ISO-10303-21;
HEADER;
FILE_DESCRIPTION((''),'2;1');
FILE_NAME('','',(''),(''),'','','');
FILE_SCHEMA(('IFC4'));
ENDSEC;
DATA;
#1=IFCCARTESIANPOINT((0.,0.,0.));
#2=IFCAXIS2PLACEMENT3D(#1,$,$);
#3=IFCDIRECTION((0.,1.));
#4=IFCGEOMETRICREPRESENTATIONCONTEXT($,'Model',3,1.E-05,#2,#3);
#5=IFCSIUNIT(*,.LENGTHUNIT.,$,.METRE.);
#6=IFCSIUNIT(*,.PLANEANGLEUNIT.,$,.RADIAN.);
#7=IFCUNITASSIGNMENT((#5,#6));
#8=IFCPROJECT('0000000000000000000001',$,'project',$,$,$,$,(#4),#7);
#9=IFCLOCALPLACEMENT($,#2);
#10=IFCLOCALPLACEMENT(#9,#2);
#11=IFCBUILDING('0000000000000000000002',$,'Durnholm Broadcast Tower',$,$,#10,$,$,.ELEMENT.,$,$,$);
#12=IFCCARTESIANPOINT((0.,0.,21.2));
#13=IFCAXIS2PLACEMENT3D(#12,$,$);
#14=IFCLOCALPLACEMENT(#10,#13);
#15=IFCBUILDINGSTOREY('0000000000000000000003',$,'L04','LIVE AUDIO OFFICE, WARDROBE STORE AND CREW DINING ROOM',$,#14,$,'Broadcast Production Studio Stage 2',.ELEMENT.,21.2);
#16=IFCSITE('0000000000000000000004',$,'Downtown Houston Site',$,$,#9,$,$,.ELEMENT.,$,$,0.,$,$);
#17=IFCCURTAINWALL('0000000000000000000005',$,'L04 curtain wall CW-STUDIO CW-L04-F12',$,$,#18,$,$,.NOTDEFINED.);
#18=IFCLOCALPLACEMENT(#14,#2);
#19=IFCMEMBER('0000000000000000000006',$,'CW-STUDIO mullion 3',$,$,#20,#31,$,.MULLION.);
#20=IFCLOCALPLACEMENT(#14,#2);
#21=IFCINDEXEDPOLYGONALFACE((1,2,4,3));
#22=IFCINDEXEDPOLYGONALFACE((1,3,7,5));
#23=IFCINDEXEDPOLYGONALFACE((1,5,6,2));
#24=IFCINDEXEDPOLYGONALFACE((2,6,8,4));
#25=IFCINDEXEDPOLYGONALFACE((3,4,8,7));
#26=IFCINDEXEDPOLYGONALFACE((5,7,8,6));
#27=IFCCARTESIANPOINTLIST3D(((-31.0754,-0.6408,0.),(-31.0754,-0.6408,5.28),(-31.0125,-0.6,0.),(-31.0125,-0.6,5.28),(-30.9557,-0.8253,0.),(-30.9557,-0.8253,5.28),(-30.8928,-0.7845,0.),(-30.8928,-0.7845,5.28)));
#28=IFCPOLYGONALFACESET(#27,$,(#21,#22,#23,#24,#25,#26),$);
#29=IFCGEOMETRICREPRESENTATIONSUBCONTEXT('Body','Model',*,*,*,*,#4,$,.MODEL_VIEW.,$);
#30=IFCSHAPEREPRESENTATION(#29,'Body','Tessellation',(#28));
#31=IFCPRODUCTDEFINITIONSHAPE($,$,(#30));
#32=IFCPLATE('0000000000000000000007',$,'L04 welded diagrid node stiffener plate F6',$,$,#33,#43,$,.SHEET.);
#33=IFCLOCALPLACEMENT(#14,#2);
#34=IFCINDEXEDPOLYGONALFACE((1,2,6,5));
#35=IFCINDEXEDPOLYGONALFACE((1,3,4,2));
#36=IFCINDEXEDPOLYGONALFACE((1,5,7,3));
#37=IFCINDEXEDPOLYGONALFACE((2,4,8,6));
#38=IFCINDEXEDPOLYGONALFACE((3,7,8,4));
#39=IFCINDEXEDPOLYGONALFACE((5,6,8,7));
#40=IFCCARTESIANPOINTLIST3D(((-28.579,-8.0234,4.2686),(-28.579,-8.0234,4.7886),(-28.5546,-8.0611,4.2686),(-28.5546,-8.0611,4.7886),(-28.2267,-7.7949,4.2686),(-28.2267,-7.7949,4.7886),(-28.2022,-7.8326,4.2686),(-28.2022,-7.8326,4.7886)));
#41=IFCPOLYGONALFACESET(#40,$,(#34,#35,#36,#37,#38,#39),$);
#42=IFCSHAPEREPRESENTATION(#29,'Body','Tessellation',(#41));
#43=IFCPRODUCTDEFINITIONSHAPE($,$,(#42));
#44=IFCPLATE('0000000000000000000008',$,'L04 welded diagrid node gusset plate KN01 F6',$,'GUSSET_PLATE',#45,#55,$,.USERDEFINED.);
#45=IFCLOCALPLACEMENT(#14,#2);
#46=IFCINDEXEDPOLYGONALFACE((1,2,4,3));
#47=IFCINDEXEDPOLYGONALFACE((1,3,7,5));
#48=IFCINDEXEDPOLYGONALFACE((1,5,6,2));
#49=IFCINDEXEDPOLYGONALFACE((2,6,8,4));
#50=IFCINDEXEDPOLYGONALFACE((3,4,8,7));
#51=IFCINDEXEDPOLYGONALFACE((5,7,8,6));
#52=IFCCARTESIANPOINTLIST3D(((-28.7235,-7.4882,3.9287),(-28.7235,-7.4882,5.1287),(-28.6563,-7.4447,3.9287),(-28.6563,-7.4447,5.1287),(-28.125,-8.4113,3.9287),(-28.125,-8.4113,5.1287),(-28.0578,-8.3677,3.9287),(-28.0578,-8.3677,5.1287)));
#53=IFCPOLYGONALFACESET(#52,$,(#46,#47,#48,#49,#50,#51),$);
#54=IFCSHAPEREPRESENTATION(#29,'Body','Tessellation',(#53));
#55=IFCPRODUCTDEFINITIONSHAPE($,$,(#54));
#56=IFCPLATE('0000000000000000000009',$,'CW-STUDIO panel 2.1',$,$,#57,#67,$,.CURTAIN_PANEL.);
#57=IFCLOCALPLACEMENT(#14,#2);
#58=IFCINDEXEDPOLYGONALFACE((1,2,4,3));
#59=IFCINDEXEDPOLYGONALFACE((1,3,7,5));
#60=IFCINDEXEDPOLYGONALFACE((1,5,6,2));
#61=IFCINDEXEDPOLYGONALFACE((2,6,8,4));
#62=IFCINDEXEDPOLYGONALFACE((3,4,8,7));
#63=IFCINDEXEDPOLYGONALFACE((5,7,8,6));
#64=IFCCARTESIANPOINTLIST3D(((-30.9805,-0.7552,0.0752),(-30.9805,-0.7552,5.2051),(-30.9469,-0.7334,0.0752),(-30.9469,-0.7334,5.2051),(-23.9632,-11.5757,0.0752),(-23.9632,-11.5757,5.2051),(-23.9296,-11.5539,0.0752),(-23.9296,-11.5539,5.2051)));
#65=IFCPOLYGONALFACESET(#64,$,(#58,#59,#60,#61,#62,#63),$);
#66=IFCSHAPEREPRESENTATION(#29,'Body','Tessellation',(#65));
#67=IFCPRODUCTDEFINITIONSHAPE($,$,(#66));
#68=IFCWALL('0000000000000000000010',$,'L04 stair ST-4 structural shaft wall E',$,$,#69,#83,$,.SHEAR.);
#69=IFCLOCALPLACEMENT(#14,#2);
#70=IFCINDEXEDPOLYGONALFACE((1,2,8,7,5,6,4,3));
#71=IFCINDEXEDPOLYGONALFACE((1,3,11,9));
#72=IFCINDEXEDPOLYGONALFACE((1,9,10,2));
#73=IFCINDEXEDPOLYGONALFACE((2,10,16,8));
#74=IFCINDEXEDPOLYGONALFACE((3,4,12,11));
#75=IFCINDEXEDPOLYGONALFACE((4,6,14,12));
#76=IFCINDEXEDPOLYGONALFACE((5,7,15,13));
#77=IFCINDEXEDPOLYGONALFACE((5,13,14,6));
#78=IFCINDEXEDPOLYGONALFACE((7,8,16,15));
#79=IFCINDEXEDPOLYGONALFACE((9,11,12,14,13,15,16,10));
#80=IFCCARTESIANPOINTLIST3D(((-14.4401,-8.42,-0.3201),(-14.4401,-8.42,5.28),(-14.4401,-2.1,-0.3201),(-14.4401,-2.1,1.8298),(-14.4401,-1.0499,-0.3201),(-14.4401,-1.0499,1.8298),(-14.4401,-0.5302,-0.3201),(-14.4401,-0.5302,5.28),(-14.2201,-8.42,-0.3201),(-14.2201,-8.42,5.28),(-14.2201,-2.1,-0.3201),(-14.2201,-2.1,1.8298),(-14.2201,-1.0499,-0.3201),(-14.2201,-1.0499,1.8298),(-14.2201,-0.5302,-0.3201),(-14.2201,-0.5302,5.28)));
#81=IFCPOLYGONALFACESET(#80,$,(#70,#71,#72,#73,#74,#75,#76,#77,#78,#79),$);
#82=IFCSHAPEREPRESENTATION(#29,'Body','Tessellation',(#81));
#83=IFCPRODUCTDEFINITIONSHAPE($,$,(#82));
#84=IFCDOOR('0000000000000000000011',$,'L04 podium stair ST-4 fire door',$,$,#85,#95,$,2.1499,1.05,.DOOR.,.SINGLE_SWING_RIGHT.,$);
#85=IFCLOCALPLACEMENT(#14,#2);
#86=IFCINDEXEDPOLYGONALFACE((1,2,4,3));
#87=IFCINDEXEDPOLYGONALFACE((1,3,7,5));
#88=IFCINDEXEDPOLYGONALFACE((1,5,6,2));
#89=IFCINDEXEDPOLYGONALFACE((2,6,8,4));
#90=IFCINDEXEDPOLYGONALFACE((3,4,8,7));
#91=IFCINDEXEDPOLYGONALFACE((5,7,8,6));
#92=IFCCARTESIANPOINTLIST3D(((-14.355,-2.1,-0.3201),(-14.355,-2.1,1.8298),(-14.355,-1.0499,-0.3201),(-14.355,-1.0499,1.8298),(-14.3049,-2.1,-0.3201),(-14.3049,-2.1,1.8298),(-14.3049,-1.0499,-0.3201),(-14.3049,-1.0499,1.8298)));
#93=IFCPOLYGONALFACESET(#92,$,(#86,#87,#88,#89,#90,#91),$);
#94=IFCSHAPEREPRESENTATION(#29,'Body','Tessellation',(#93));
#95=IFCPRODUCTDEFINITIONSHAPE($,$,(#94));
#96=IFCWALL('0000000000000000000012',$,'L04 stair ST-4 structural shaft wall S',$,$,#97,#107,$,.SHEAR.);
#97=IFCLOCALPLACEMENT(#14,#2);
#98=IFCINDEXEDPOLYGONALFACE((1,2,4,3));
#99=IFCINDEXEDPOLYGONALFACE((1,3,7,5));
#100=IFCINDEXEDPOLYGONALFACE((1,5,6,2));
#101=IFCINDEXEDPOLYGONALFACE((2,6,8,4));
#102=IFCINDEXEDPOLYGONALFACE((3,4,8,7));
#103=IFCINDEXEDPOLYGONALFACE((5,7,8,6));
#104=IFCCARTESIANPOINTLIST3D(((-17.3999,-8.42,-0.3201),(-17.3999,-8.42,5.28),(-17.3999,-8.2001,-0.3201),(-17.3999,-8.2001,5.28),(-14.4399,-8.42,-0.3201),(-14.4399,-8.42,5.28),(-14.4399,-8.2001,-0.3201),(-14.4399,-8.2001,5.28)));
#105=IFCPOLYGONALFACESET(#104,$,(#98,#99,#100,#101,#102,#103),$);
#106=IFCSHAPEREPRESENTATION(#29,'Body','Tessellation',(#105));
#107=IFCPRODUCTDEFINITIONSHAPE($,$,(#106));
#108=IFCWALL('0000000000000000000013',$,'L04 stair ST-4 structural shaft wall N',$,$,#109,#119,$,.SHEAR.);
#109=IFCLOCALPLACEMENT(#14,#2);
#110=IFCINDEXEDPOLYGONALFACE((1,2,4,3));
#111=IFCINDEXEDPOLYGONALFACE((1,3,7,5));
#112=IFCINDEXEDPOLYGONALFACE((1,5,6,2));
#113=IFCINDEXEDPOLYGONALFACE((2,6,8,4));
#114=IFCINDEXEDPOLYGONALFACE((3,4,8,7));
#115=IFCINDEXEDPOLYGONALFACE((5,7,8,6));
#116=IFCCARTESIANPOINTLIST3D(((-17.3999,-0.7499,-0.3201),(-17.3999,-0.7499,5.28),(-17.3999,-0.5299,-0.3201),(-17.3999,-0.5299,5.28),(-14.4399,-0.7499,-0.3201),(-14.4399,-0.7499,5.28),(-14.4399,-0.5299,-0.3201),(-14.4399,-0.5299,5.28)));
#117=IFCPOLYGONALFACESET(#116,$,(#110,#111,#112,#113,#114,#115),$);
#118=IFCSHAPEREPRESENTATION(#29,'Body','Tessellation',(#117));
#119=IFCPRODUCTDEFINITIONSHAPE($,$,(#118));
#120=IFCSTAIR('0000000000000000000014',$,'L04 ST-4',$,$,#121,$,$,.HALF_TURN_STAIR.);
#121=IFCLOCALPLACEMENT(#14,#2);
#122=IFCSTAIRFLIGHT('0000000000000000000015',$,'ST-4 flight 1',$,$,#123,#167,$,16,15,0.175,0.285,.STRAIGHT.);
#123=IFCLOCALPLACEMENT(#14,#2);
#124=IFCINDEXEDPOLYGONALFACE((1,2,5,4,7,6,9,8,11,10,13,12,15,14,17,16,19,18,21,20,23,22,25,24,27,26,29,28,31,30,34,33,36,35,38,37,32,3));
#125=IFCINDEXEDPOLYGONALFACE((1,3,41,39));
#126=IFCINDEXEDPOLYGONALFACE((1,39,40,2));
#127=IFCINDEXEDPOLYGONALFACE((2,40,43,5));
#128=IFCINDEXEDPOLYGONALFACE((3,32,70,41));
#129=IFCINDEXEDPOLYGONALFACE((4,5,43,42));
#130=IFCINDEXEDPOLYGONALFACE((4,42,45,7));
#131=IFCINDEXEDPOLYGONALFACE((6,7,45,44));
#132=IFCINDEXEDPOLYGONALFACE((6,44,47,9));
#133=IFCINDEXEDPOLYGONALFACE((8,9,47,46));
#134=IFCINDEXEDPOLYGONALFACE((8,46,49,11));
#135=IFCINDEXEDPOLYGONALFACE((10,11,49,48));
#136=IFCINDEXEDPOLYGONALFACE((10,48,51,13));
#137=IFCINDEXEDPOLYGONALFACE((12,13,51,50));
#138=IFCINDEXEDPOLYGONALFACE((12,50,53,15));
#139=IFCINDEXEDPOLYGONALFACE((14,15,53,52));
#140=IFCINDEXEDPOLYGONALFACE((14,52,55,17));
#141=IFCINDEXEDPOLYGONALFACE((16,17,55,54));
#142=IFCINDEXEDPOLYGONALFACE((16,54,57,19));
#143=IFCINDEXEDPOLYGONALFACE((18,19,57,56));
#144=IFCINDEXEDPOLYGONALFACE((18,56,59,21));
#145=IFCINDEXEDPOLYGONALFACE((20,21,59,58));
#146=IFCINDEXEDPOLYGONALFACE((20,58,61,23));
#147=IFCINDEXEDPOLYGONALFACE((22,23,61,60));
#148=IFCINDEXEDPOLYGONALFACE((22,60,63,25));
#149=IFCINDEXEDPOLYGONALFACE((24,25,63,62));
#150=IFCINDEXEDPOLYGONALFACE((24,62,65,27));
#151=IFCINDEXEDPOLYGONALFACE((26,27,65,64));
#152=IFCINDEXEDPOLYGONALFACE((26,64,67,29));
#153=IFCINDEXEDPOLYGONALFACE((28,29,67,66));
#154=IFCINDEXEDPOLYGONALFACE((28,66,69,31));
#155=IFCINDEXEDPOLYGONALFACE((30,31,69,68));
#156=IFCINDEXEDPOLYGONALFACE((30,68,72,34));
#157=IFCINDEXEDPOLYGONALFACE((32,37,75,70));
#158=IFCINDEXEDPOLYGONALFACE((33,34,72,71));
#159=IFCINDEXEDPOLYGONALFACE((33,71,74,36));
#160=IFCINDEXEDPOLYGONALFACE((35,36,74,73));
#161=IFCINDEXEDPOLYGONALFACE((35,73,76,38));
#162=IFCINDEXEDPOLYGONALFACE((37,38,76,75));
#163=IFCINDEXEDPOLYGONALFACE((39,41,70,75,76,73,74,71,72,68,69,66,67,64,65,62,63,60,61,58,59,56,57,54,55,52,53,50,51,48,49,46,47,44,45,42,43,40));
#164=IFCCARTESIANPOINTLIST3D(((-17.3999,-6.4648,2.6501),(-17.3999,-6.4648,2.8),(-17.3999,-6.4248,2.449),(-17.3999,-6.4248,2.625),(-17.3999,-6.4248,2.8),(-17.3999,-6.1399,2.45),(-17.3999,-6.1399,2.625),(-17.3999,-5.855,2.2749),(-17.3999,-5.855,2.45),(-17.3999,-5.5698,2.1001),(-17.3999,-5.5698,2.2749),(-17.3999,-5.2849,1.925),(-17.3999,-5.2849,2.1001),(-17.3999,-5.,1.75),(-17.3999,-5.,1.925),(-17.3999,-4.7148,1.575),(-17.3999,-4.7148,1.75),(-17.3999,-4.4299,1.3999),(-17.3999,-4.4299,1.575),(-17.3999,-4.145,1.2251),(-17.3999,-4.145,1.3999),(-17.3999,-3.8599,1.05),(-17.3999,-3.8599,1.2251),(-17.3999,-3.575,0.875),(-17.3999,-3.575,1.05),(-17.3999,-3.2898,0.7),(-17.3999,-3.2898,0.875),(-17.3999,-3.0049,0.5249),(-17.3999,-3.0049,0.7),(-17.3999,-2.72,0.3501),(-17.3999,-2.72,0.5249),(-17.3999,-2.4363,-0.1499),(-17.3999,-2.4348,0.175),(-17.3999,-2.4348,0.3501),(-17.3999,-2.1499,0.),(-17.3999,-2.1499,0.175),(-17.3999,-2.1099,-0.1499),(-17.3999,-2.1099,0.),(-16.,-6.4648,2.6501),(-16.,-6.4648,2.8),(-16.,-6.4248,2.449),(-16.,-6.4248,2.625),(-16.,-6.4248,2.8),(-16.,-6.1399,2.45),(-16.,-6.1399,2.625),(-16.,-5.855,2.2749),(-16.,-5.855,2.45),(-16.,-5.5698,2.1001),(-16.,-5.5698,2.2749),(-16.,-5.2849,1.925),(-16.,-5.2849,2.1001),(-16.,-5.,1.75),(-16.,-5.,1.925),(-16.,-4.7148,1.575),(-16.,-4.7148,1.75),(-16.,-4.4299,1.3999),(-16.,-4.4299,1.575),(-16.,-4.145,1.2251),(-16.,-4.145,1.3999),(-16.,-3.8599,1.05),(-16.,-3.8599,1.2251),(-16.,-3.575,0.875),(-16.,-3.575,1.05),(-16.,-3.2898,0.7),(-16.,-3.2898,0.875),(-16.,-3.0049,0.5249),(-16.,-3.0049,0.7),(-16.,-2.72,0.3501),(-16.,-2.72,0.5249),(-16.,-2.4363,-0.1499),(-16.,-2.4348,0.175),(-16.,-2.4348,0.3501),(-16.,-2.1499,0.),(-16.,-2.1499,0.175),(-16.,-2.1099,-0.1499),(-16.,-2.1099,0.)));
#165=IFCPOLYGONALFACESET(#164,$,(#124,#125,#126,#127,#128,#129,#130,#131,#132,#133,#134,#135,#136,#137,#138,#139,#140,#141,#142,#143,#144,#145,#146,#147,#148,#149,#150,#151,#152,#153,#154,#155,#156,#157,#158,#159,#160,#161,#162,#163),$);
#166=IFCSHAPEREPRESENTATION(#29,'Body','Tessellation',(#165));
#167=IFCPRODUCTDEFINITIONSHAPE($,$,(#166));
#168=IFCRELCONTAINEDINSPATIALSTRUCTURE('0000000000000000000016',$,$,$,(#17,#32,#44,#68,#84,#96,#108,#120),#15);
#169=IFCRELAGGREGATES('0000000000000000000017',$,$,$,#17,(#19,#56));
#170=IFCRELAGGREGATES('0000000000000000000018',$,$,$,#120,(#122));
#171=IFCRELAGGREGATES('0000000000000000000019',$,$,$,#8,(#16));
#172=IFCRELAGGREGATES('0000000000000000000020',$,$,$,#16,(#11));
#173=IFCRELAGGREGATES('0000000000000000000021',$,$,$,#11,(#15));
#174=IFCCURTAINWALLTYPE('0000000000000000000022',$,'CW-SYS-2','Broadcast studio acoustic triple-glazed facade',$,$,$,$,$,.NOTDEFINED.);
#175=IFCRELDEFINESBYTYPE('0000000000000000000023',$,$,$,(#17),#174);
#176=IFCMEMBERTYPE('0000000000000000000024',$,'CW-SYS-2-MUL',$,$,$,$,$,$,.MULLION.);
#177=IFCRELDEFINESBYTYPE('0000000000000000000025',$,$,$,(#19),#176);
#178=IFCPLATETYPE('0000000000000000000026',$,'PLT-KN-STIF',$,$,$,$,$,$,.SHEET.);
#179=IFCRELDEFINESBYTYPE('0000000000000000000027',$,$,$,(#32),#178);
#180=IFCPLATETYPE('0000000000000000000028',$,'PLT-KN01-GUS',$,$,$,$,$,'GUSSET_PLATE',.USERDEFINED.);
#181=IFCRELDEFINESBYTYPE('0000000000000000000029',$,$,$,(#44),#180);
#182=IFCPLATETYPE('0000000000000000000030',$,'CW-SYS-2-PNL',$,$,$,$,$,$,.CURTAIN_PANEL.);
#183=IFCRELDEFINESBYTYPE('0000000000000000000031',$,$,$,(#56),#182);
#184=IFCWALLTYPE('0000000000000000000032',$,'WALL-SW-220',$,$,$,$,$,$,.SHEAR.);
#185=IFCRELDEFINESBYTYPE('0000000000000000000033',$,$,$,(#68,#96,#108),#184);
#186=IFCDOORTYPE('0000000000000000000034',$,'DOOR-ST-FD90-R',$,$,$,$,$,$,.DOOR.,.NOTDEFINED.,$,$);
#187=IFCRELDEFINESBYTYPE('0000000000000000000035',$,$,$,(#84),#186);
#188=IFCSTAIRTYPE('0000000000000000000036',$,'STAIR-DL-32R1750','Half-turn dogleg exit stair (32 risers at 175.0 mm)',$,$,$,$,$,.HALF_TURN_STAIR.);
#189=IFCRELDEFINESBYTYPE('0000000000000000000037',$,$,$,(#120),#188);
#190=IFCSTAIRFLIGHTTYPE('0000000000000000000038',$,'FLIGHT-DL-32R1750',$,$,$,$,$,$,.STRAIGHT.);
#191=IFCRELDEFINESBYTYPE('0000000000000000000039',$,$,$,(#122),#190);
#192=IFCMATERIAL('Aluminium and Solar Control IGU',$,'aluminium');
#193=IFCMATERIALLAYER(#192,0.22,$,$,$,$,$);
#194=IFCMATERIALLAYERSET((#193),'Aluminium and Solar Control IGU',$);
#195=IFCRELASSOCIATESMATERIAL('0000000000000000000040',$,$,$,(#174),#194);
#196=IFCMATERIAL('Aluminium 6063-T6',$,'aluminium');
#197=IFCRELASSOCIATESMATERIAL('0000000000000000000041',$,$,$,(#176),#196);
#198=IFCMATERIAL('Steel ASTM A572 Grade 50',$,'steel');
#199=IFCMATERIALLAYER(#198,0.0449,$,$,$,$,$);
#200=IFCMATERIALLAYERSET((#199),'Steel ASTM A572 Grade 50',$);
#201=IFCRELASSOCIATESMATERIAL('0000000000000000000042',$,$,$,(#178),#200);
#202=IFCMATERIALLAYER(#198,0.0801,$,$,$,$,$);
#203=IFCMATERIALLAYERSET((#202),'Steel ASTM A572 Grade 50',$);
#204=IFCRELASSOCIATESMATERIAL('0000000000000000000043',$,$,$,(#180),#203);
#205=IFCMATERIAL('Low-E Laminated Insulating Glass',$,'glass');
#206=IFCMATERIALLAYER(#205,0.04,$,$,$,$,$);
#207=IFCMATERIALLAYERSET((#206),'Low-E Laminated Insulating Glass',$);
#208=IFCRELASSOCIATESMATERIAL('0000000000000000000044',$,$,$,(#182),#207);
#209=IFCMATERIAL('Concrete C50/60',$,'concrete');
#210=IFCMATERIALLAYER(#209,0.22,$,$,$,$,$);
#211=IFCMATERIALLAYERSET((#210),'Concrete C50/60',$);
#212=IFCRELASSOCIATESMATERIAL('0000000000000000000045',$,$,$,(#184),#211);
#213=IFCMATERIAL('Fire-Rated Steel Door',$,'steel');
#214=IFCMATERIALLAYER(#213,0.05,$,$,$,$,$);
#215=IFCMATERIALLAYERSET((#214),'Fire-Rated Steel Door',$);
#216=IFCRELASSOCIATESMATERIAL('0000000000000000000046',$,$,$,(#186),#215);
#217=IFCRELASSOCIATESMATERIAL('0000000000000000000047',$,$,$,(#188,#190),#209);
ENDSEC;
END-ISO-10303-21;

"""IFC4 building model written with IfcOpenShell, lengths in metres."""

from ifc_helpers import new_model, si_unit, direction, frame, frame_2d, origin, origin_2d, place, context, subcontext, project, spatial, polyline, rectangle, outline, extrude, source, transform, mapped, material, layer, layer_set, material_profile, profile_set, type_object, type_shapes, element, fill, aggregate, save


model = new_model("IFC4")

# Units and contexts
model_context = context("Model", 3, precision=1e-05, world=origin(), true_north=direction((0.0, 1.0)))
body_context = subcontext(model_context, "Body", "Model", "MODEL_VIEW")
ifc_project = project(units=[si_unit("LENGTHUNIT", "METRE"), si_unit("PLANEANGLEUNIT", "RADIAN")], contexts=[model_context])

# Site, building, storey
site_placement = place(None, origin())
site = spatial("IfcSite", under=ifc_project, at=site_placement, Name="Downtown Houston Site", CompositionType="ELEMENT", RefElevation=0.0)
building_placement = place(site_placement, origin())
building = spatial("IfcBuilding", under=site, at=building_placement, Name="Durnholm Broadcast Tower", CompositionType="ELEMENT")
storey_placement = place(building_placement, frame((0.0, 0.0, 21.2)))
storey = spatial("IfcBuildingStorey", under=building, at=storey_placement, Name="L04", Description="LIVE AUDIO OFFICE, WARDROBE STORE AND CREW DINING ROOM", LongName="Broadcast Production Studio Stage 2", CompositionType="ELEMENT", Elevation=21.2)

# Shared definitions
ifc_material_1 = material(Name="Aluminium and Solar Control IGU", Category="aluminium")
ifc_material_2 = material(Name="Aluminium 6063-T6", Category="aluminium")

# Curtain wall, member
ifc_layer_1 = layer(ifc_material_1, 0.22)
ifc_layer_set_1 = layer_set([ifc_layer_1], Name="Aluminium and Solar Control IGU")
curtain_wall_type_1 = type_object("IfcCurtainWallType", Name="CW-SYS-2", Description="Broadcast studio acoustic triple-glazed facade", PredefinedType="NOTDEFINED", material=ifc_layer_set_1)
curtain_wall_1_placement = place(storey_placement, origin())
curtain_wall_1 = element("IfcCurtainWall", 1, at=curtain_wall_1_placement, inside=storey, type_object=curtain_wall_type_1, Name="L04 curtain wall CW-STUDIO CW-L04-F12", PredefinedType="NOTDEFINED")
ifc_material_profile_1 = material_profile(ifc_material_2, rectangle(XDim=0.075, YDim=0.22, at=origin_2d()), Name="CWM75X220")
ifc_profile_set_1 = profile_set([ifc_material_profile_1], Name="Aluminium 6063-T6")
member_type_1 = type_object("IfcMemberType", Name="CW-SYS-2-MUL", PredefinedType="MULLION", material=ifc_profile_set_1)
shared_shape_1 = source(origin(), body_context, "Body", "SweptSolid", [
    extrude(rectangle(XDim=0.075, YDim=0.22, at=origin_2d()), origin(), (0.0, 0.0, 1.0), 5.28),
])
type_shapes(member_type_1, [shared_shape_1])
member_1_placement = place(storey_placement, frame((-30.9841, -0.7126, 0.0), z_axis=(0.0, 0.0, 1.0), x_axis=(-0.839009, -0.544117, 0.0)))
member_1 = element("IfcMember", 2, at=member_1_placement, type_object=member_type_1, Name="CW-STUDIO mullion 3", PredefinedType="MULLION", context=body_context, shape_type="MappedRepresentation", body=[
    mapped(shared_shape_1, transform((0.0, 0.0, 0.0), x_axis=(1.0, 0.0, 0.0), y_axis=(0.0, 1.0, 0.0), z_axis=(0.0, 0.0, 1.0), scale=1.0)),
])

# Plates
ifc_material_3 = material(Name="Steel ASTM A572 Grade 50", Category="steel")
ifc_layer_2 = layer(ifc_material_3, 0.0449)
ifc_layer_set_2 = layer_set([ifc_layer_2], Name="Steel ASTM A572 Grade 50")
plate_type_1 = type_object("IfcPlateType", Name="PLT-KN-STIF", PredefinedType="SHEET", material=ifc_layer_set_2)
shared_shape_2 = source(origin(), body_context, "Body", "SweptSolid", [
    extrude(rectangle(XDim=0.0449, YDim=0.4199, at=origin_2d()), origin(), (0.0, 0.0, 1.0), 0.52),
])
type_shapes(plate_type_1, [shared_shape_2])
plate_1_placement = place(storey_placement, frame((-28.3906, -7.928, 4.2686), z_axis=(0.0, 0.0, 1.0), x_axis=(0.544053, -0.839051, 0.0)))
element("IfcPlate", 3, at=plate_1_placement, inside=storey, type_object=plate_type_1, Name="L04 welded diagrid node stiffener plate F6", PredefinedType="SHEET", context=body_context, shape_type="MappedRepresentation", body=[
    mapped(shared_shape_2, transform((0.0, 0.0, 0.0), x_axis=(1.0, 0.0, 0.0), y_axis=(0.0, 1.0, 0.0), z_axis=(0.0, 0.0, 1.0), scale=1.0)),
])
ifc_layer_3 = layer(ifc_material_3, 0.0801)
ifc_layer_set_3 = layer_set([ifc_layer_3], Name="Steel ASTM A572 Grade 50")
plate_type_2 = type_object("IfcPlateType", Name="PLT-KN01-GUS", ElementType="GUSSET_PLATE", PredefinedType="USERDEFINED", material=ifc_layer_set_3)
shared_shape_3 = source(origin(), body_context, "Body", "SweptSolid", [
    extrude(rectangle(XDim=1.1001, YDim=0.0801, at=origin_2d()), origin(), (0.0, 0.0, 1.0), 1.2),
])
type_shapes(plate_type_2, [shared_shape_3])
plate_2_placement = place(storey_placement, frame((-28.3906, -7.928, 3.9287), z_axis=(0.0, 0.0, 1.0), x_axis=(0.544053, -0.839051, 0.0)))
element("IfcPlate", 4, at=plate_2_placement, inside=storey, type_object=plate_type_2, Name="L04 welded diagrid node gusset plate KN01 F6", ObjectType="GUSSET_PLATE", PredefinedType="USERDEFINED", context=body_context, shape_type="MappedRepresentation", body=[
    mapped(shared_shape_3, transform((0.0, 0.0, 0.0), x_axis=(1.0, 0.0, 0.0), y_axis=(0.0, 1.0, 0.0), z_axis=(0.0, 0.0, 1.0), scale=1.0)),
])

# Plate
ifc_material_4 = material(Name="Low-E Laminated Insulating Glass", Category="glass")
ifc_layer_4 = layer(ifc_material_4, 0.04)
ifc_layer_set_4 = layer_set([ifc_layer_4], Name="Low-E Laminated Insulating Glass")
plate_type_3 = type_object("IfcPlateType", Name="CW-SYS-2-PNL", PredefinedType="CURTAIN_PANEL", material=ifc_layer_set_4)
shared_shape_4 = source(origin(), body_context, "Body", "SweptSolid", [
    extrude(rectangle(XDim=12.8967, YDim=0.04, at=origin_2d()), origin(), (0.0, 0.0, 1.0), 5.1299),
])
type_shapes(plate_type_3, [shared_shape_4])
plate_3_placement = place(storey_placement, frame((-27.4551, -6.1545, 0.0752), z_axis=(0.0, 0.0, 1.0), x_axis=(-0.544117, 0.839009, 0.0)))
plate_3 = element("IfcPlate", 5, at=plate_3_placement, type_object=plate_type_3, Name="CW-STUDIO panel 2.1", PredefinedType="CURTAIN_PANEL", context=body_context, shape_type="MappedRepresentation", body=[
    mapped(shared_shape_4, transform((0.0, 0.0, 0.0), x_axis=(1.0, 0.0, 0.0), y_axis=(0.0, 1.0, 0.0), z_axis=(0.0, 0.0, 1.0), scale=1.0)),
])
aggregate(curtain_wall_1, [member_1, plate_3])

# Wall, opening, door
ifc_material_5 = material(Name="Concrete C50/60", Category="concrete")
ifc_layer_5 = layer(ifc_material_5, 0.22)
ifc_layer_set_5 = layer_set([ifc_layer_5], Name="Concrete C50/60")
wall_type = type_object("IfcWallType", Name="WALL-SW-220", PredefinedType="SHEAR", material=ifc_layer_set_5)
wall_placement = place(storey_placement, frame((-14.3301, -8.4199, -0.3201), z_axis=(0.0, 0.0, 1.0), x_axis=(0.0, 1.0, 0.0)))
wall = element("IfcWall", 6, at=wall_placement, inside=storey, type_object=wall_type, Name="L04 stair ST-4 structural shaft wall E", PredefinedType="SHEAR", context=body_context, shape_type="SweptSolid", body=[
    extrude(rectangle(XDim=7.8899, YDim=0.22, at=frame_2d((3.9448, 0.0))), origin(), (0.0, 0.0, 1.0), 5.6001),
])
opening_placement = place(wall_placement, frame((6.3201, 0.0, 0.0)))
opening = element("IfcOpeningElement", 7, at=opening_placement, cuts=wall, PredefinedType="OPENING", context=body_context, shape_type="SweptSolid", body=[
    extrude(rectangle(XDim=1.05, YDim=2.1499, at=frame_2d((0.5249, 1.075))), frame((0.0, 0.1201, 0.0), z_axis=(0.0, -1.0, 0.0), x_axis=(1.0, 0.0, 0.0)), (0.0, 0.0, 1.0), 0.24),
])
ifc_material_6 = material(Name="Fire-Rated Steel Door", Category="steel")
ifc_layer_6 = layer(ifc_material_6, 0.05)
ifc_layer_set_6 = layer_set([ifc_layer_6], Name="Fire-Rated Steel Door")
door_type = type_object("IfcDoorType", Name="DOOR-ST-FD90-R", OperationType="NOTDEFINED", PredefinedType="DOOR", material=ifc_layer_set_6)
shared_shape_5 = source(origin(), body_context, "Body", "SweptSolid", [
    extrude(rectangle(XDim=1.05, YDim=2.1499, at=frame_2d((0.5249, 1.075))), frame((0.0, 0.0249, 0.0), z_axis=(0.0, -1.0, 0.0), x_axis=(1.0, 0.0, 0.0)), (0.0, 0.0, 1.0), 0.05),
])
type_shapes(door_type, [shared_shape_5])
door_placement = place(opening_placement, origin())
door = element("IfcDoor", 8, at=door_placement, inside=storey, type_object=door_type, Name="L04 podium stair ST-4 fire door", OperationType="SINGLE_SWING_RIGHT", OverallHeight=2.1499, OverallWidth=1.05, PredefinedType="DOOR", context=body_context, shape_type="MappedRepresentation", body=[
    mapped(shared_shape_5, transform((0.0, 0.0, 0.0), x_axis=(1.0, 0.0, 0.0), y_axis=(0.0, 1.0, 0.0), z_axis=(0.0, 0.0, 1.0), scale=1.0)),
])
fill(opening, door)

# Walls
for number, where, z_axis, x_axis, name in (
    (9, (-17.3999, -8.3101, -0.3201), (0.0, 0.0, 1.0), (1.0, 0.0, 0.0), "L04 stair ST-4 structural shaft wall S"),
    (10, (-14.4399, -0.6399, -0.3201), (0.0, 0.0, 1.0), (-1.0, 0.0, 0.0), "L04 stair ST-4 structural shaft wall N"),
):
    element("IfcWall", number, at=place(storey_placement, frame(where, z_axis=z_axis, x_axis=x_axis)), inside=storey, type_object=wall_type, Name=name, PredefinedType="SHEAR", context=body_context, shape_type="SweptSolid", body=[
        extrude(rectangle(XDim=2.96, YDim=0.22, at=frame_2d((1.48, 0.0))), origin(), (0.0, 0.0, 1.0), 5.6001),
    ])

# Stair, stair flight
stair_type = type_object("IfcStairType", Name="STAIR-DL-32R1750", Description="Half-turn dogleg exit stair (32 risers at 175.0 mm)", PredefinedType="HALF_TURN_STAIR", material=ifc_material_5)
stair_placement = place(storey_placement, origin())
stair = element("IfcStair", 11, at=stair_placement, inside=storey, type_object=stair_type, Name="L04 ST-4", PredefinedType="HALF_TURN_STAIR")
stair_flight_type = type_object("IfcStairFlightType", Name="FLIGHT-DL-32R1750", PredefinedType="STRAIGHT", material=ifc_material_5)
stair_flight_1_placement = place(storey_placement, frame((-16.7, -2.1499, 0.0), z_axis=(0.0, 0.0, 1.0), x_axis=(0.0, -1.0, 0.0)))
stair_flight_1 = element("IfcStairFlight", 12, at=stair_flight_1_placement, type_object=stair_flight_type, Name="ST-4 flight 1", NumberOfRisers=16, NumberOfTreads=15, PredefinedType="STRAIGHT", RiserHeight=0.175, TreadLength=0.285, context=body_context, shape_type="SweptSolid", body=[
    extrude(outline(polyline([(-0.04, -0.1499), (-0.04, 0.0), (0.0, 0.0), (0.0, 0.175), (0.2849, 0.175), (0.2849, 0.3501), (0.5701, 0.3501), (0.5701, 0.5249), (0.855, 0.5249), (0.855, 0.7), (1.1399, 0.7), (1.1399, 0.875), (1.425, 0.875), (1.425, 1.05), (1.71, 1.05), (1.71, 1.2251), (1.9951, 1.2251), (1.9951, 1.3999), (2.28, 1.3999), (2.28, 1.575), (2.5649, 1.575), (2.5649, 1.75), (2.8501, 1.75), (2.8501, 1.925), (3.135, 1.925), (3.135, 2.1001), (3.4199, 2.1001), (3.4199, 2.2749), (3.7051, 2.2749), (3.7051, 2.45), (3.99, 2.45), (3.99, 2.625), (4.2749, 2.625), (4.2749, 2.8), (4.3149, 2.8), (4.3149, 2.6501), (4.2749, 2.449), (0.2864, -0.1499), (-0.04, -0.1499)])), frame((0.0, 0.7, 0.0), z_axis=(0.0, -1.0, 0.0), x_axis=(1.0, 0.0, 0.0)), (0.0, 0.0, 1.0), 1.3999),
])
aggregate(stair, [stair_flight_1])

save(model, "model.ifc")
